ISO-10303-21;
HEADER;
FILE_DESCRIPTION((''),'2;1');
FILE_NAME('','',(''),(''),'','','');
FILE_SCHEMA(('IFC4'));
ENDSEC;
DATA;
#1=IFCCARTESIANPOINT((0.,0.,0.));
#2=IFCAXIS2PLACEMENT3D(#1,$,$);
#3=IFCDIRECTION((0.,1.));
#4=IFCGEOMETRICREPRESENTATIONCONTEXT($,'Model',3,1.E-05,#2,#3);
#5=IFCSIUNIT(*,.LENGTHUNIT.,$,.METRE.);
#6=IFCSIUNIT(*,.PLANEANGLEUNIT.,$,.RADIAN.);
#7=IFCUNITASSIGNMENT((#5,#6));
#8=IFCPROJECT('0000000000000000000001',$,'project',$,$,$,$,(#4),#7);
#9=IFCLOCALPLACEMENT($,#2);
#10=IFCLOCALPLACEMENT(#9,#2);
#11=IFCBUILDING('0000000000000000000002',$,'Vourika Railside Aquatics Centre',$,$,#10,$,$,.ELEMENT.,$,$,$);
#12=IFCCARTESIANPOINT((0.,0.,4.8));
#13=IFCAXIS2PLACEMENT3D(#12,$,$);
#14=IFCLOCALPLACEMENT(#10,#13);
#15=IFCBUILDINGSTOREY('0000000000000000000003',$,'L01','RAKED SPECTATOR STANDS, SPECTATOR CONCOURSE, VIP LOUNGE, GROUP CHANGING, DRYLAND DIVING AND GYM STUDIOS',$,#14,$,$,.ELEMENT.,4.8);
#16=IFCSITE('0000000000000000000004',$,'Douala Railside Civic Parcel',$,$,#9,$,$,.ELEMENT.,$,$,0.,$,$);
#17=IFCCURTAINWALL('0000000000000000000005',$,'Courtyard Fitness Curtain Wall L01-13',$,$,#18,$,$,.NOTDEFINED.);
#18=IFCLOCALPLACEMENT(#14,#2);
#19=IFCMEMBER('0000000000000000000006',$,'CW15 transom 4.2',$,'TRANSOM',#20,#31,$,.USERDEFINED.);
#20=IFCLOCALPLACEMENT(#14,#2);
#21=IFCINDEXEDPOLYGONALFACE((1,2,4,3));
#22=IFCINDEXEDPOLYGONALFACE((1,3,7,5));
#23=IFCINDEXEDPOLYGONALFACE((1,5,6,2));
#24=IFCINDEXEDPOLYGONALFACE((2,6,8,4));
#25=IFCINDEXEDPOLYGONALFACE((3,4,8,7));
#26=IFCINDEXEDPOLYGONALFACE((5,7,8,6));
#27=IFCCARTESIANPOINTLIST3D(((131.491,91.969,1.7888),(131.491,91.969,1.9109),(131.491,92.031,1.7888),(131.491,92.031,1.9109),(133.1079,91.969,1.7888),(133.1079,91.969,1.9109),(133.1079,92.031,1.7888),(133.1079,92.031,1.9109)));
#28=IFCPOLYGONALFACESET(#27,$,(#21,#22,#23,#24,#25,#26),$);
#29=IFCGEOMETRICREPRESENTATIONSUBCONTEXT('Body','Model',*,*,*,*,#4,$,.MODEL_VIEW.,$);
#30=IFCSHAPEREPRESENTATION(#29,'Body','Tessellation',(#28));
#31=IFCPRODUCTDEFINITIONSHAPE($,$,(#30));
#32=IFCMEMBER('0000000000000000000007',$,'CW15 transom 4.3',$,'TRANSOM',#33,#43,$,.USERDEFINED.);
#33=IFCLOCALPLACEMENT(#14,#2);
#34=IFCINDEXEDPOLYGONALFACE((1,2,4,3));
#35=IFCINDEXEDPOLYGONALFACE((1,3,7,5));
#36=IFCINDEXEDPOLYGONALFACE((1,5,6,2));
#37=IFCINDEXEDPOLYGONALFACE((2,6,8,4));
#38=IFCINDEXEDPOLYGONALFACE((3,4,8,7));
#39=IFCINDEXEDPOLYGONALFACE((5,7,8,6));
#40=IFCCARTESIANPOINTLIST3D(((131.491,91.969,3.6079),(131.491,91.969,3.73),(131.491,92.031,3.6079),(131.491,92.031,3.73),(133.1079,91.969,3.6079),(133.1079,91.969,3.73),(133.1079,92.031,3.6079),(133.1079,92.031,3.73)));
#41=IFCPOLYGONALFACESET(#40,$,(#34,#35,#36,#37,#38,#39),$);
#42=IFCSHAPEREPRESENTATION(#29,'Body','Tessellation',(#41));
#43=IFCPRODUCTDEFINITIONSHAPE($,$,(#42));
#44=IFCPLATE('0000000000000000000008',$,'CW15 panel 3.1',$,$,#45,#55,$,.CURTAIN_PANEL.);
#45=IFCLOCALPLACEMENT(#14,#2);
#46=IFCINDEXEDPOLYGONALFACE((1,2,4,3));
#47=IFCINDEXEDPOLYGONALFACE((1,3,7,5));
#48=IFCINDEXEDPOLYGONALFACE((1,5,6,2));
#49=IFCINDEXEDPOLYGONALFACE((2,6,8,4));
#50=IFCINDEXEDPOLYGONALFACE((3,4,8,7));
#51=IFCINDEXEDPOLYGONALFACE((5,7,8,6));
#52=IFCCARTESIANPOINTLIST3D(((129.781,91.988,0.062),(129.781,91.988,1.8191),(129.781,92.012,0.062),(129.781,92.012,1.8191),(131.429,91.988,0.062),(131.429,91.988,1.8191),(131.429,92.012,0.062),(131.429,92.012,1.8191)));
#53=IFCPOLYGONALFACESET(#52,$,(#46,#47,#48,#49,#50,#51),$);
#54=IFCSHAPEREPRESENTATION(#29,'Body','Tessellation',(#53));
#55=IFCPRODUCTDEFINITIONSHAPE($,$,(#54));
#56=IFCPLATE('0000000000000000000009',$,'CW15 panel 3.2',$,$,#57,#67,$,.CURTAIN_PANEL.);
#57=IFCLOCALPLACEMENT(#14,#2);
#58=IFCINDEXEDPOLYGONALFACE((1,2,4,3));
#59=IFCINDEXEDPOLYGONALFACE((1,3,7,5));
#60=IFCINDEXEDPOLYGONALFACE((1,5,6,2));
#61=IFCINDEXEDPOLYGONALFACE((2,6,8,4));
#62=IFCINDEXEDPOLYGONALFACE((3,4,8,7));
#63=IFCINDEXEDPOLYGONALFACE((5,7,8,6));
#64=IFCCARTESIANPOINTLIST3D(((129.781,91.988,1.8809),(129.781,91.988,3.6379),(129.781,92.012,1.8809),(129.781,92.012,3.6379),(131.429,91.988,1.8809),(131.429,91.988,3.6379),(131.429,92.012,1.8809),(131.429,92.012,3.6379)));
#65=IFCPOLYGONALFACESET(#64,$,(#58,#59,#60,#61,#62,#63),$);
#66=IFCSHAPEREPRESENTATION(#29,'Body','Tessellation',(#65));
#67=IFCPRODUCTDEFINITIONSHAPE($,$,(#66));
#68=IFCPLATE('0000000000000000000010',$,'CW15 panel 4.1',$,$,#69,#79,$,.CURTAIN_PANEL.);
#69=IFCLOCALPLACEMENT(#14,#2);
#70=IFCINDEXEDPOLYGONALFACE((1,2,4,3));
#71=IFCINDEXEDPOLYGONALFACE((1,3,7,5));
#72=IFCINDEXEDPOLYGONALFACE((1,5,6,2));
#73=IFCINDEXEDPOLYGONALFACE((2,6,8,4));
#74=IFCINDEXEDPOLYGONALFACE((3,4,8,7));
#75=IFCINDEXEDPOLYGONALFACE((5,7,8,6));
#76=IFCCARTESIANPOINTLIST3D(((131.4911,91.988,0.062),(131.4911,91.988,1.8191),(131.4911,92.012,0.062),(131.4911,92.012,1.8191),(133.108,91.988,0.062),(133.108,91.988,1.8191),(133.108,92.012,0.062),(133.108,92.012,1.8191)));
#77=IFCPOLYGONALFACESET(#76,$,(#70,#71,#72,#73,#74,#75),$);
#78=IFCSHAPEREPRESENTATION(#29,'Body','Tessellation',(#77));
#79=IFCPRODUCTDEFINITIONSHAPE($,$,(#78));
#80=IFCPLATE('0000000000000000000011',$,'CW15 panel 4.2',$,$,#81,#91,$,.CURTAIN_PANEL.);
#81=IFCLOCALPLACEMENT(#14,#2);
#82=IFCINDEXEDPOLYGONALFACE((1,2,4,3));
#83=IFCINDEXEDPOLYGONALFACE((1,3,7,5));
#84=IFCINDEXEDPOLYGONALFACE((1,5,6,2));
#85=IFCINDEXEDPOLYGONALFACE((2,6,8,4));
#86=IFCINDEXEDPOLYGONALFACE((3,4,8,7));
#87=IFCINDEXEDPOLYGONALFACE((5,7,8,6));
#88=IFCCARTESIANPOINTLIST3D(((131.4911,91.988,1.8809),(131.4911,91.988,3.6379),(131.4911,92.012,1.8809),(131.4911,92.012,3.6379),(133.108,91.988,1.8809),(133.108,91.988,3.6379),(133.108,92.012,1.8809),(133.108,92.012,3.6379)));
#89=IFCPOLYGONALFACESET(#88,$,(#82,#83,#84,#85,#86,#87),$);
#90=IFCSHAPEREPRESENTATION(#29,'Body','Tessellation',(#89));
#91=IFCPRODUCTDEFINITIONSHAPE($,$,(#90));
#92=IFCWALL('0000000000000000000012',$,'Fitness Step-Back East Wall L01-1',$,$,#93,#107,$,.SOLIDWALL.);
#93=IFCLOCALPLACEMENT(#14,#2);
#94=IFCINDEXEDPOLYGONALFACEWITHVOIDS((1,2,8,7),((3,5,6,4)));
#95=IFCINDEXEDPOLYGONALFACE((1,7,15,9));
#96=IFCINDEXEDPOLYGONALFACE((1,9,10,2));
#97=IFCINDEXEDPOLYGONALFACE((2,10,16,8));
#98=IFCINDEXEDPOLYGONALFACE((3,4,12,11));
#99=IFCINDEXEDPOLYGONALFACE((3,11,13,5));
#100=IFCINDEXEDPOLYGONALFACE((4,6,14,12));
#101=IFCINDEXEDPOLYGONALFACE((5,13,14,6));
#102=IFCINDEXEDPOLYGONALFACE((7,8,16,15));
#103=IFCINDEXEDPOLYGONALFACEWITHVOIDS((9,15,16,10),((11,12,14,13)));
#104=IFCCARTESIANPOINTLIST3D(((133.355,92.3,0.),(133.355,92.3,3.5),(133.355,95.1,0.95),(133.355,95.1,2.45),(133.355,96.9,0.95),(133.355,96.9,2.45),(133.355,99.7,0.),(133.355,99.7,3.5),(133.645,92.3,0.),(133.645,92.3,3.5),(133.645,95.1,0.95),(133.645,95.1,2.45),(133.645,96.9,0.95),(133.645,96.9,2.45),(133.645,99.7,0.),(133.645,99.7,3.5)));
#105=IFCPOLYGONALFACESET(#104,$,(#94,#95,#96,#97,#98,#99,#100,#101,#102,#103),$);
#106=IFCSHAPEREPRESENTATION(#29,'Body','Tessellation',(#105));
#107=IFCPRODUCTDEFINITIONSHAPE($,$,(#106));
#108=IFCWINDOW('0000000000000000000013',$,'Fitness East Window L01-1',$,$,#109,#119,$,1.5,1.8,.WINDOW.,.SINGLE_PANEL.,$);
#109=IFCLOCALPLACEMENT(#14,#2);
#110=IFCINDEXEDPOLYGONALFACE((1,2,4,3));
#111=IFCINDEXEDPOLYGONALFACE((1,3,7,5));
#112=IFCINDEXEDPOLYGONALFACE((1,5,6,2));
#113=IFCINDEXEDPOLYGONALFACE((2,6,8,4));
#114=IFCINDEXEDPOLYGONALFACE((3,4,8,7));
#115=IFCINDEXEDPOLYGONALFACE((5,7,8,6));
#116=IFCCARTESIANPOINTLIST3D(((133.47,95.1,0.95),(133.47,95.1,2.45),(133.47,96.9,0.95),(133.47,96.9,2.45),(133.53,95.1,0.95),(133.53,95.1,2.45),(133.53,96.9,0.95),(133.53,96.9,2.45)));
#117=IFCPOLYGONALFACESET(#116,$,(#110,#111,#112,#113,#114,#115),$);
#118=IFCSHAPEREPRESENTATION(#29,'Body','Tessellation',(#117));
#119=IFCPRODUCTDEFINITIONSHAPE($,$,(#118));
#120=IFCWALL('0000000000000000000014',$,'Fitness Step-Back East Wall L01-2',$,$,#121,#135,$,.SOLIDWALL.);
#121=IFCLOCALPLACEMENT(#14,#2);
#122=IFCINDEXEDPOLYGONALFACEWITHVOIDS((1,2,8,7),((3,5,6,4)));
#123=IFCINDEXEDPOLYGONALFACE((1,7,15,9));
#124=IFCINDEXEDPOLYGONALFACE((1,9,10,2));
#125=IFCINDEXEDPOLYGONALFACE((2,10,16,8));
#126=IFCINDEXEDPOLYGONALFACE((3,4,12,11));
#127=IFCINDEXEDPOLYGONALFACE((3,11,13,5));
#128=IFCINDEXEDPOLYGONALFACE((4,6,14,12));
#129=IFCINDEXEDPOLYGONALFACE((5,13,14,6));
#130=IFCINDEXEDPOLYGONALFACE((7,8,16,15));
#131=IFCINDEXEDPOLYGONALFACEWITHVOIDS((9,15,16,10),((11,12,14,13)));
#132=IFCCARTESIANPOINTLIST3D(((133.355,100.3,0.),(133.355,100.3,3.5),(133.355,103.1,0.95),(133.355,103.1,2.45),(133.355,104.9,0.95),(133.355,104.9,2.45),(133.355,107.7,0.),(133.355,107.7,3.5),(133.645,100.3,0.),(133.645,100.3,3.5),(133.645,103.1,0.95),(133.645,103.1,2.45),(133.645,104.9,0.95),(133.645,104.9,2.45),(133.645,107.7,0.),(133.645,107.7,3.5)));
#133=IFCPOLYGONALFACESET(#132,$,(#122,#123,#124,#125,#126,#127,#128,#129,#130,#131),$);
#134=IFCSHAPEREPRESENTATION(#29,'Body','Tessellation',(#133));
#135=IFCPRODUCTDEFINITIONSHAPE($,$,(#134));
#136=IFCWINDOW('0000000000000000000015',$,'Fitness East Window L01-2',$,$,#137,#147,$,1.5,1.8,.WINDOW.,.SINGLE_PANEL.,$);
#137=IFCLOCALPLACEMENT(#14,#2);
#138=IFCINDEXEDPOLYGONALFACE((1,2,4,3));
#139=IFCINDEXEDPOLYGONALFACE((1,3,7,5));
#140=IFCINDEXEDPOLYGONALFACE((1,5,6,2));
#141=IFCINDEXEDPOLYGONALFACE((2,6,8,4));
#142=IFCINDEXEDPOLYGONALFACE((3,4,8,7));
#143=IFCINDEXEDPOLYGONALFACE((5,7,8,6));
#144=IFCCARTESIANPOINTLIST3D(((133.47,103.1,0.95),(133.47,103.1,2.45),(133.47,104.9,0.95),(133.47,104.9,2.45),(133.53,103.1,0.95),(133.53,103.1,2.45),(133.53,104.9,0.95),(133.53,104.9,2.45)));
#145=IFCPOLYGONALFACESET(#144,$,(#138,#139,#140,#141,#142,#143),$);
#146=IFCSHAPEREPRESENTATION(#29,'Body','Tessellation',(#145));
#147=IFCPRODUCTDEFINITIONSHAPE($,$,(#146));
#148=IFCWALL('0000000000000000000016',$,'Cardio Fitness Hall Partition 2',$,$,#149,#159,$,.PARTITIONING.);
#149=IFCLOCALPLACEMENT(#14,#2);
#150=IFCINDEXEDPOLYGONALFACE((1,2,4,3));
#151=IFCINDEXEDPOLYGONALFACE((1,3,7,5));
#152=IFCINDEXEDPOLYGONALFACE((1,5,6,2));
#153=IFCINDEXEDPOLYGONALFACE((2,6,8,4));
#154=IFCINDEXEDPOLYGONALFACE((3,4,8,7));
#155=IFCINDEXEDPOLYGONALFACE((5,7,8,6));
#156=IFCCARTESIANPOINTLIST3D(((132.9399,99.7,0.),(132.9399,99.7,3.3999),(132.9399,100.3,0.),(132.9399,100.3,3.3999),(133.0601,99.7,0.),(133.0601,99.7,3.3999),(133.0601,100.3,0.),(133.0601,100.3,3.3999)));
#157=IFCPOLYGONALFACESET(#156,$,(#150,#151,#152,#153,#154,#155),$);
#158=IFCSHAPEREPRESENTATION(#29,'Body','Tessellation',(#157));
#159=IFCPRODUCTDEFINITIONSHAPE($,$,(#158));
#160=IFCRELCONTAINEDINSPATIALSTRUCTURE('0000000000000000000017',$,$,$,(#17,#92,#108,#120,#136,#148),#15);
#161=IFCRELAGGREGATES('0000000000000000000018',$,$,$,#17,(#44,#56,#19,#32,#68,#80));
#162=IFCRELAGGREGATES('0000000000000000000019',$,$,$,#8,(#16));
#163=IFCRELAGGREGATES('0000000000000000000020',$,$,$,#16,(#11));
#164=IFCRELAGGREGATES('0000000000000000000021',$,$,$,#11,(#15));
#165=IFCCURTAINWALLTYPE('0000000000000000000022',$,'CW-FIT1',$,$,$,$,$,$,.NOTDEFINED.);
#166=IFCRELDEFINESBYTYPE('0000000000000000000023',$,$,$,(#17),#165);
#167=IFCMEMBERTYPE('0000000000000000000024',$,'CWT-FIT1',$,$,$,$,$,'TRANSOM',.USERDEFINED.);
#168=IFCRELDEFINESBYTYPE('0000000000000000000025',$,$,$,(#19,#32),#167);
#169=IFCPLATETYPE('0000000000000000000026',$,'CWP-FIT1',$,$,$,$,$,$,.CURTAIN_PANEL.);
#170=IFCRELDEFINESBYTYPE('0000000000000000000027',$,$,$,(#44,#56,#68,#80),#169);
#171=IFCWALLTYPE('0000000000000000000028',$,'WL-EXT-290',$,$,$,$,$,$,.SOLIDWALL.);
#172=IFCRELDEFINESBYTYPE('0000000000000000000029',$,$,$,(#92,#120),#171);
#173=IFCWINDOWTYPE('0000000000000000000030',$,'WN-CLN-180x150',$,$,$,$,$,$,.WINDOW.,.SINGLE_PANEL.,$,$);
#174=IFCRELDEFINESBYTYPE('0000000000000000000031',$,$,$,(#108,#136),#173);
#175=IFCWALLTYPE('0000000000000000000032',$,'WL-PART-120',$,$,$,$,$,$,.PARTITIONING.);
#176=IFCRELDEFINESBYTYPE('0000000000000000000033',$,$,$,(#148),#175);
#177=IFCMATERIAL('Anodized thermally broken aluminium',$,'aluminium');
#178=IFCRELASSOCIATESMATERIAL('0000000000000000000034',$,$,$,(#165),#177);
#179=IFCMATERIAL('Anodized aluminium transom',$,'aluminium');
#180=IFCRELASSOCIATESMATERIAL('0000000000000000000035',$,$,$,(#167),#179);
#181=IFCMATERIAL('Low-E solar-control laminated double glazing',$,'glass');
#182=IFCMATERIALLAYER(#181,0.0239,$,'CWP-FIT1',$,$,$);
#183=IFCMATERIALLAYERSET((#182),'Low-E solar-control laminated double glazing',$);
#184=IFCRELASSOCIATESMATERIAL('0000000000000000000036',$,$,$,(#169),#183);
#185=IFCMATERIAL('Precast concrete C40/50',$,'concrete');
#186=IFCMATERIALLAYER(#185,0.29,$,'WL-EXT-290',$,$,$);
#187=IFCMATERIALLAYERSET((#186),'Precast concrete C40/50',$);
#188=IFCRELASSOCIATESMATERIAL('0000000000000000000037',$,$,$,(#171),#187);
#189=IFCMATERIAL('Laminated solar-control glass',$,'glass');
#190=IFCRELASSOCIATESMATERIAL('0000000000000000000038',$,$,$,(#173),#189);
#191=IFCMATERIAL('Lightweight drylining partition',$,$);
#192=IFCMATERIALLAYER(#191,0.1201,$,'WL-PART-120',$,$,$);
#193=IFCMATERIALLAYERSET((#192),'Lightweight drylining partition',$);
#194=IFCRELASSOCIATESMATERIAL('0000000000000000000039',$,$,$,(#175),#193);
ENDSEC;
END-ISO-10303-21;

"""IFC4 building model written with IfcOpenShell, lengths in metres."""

from ifc_helpers import new_model, si_unit, direction, frame, frame_2d, origin, origin_2d, place, context, subcontext, project, spatial, rectangle, extrude, material, layer, layer_set, material_profile, profile_set, type_object, element, fill, aggregate, save


model = new_model("IFC4")

# Units and contexts
model_context = context("Model", 3, precision=1e-05, world=origin(), true_north=direction((0.0, 1.0)))
body_context = subcontext(model_context, "Body", "Model", "MODEL_VIEW")
ifc_project = project(units=[si_unit("LENGTHUNIT", "METRE"), si_unit("PLANEANGLEUNIT", "RADIAN")], contexts=[model_context])

# Site, building, storey
site_placement = place(None, origin())
site = spatial("IfcSite", under=ifc_project, at=site_placement, Name="Douala Railside Civic Parcel", CompositionType="ELEMENT", RefElevation=0.0)
building_placement = place(site_placement, origin())
building = spatial("IfcBuilding", under=site, at=building_placement, Name="Vourika Railside Aquatics Centre", CompositionType="ELEMENT")
storey_placement = place(building_placement, frame((0.0, 0.0, 4.8)))
storey = spatial("IfcBuildingStorey", under=building, at=storey_placement, Name="L01", Description="RAKED SPECTATOR STANDS, SPECTATOR CONCOURSE, VIP LOUNGE, GROUP CHANGING, DRYLAND DIVING AND GYM STUDIOS", CompositionType="ELEMENT", Elevation=4.8)

# Curtain wall, members, plates
ifc_material_1 = material(Name="Anodized thermally broken aluminium", Category="aluminium")
curtain_wall_type = type_object("IfcCurtainWallType", Name="CW-FIT1", PredefinedType="NOTDEFINED", material=ifc_material_1)
curtain_wall_placement = place(storey_placement, origin())
curtain_wall = element("IfcCurtainWall", 1, at=curtain_wall_placement, inside=storey, type_object=curtain_wall_type, Name="Courtyard Fitness Curtain Wall L01-13", PredefinedType="NOTDEFINED")
ifc_material_2 = material(Name="Anodized aluminium transom", Category="aluminium")
ifc_material_profile_1 = material_profile(ifc_material_2, rectangle(XDim=0.062, YDim=0.1221, at=origin_2d()), Name="ALU-T 62x122")
ifc_profile_set_1 = profile_set([ifc_material_profile_1], Name="Anodized aluminium transom")
member_type_1 = type_object("IfcMemberType", Name="CWT-FIT1", ElementType="TRANSOM", PredefinedType="USERDEFINED", material=ifc_profile_set_1)
member_1_placement = place(storey_placement, frame((131.491, 92.0, 1.8499), z_axis=(1.0, 0.0, 0.0), x_axis=(0.0, 1.0, 0.0)))
member_1 = element("IfcMember", 2, at=member_1_placement, type_object=member_type_1, Name="CW15 transom 4.2", ObjectType="TRANSOM", PredefinedType="USERDEFINED", context=body_context, shape_type="SweptSolid", body=[
    extrude(rectangle(XDim=0.062, YDim=0.1221, at=origin_2d()), origin(), (0.0, 0.0, 1.0), 1.6169),
])
member_2_placement = place(storey_placement, frame((131.491, 92.0, 3.6689), z_axis=(1.0, 0.0, 0.0), x_axis=(0.0, 1.0, 0.0)))
member_2 = element("IfcMember", 3, at=member_2_placement, type_object=member_type_1, Name="CW15 transom 4.3", ObjectType="TRANSOM", PredefinedType="USERDEFINED", context=body_context, shape_type="SweptSolid", body=[
    extrude(rectangle(XDim=0.062, YDim=0.1221, at=origin_2d()), origin(), (0.0, 0.0, 1.0), 1.6169),
])
ifc_material_3 = material(Name="Low-E solar-control laminated double glazing", Category="glass")
ifc_layer_1 = layer(ifc_material_3, 0.0239, Name="CWP-FIT1")
ifc_layer_set_1 = layer_set([ifc_layer_1], Name="Low-E solar-control laminated double glazing")
plate_type = type_object("IfcPlateType", Name="CWP-FIT1", PredefinedType="CURTAIN_PANEL", material=ifc_layer_set_1)
plate_1_placement = place(storey_placement, frame((130.605, 92.0, 0.062), z_axis=(0.0, 0.0, 1.0), x_axis=(1.0, 0.0, 0.0)))
plate_1 = element("IfcPlate", 4, at=plate_1_placement, type_object=plate_type, Name="CW15 panel 3.1", PredefinedType="CURTAIN_PANEL", context=body_context, shape_type="SweptSolid", body=[
    extrude(rectangle(XDim=1.6479, YDim=0.0239, at=origin_2d()), origin(), (0.0, 0.0, 1.0), 1.7571),
])
plate_2_placement = place(storey_placement, frame((130.605, 92.0, 1.8809), z_axis=(0.0, 0.0, 1.0), x_axis=(1.0, 0.0, 0.0)))
plate_2 = element("IfcPlate", 5, at=plate_2_placement, type_object=plate_type, Name="CW15 panel 3.2", PredefinedType="CURTAIN_PANEL", context=body_context, shape_type="SweptSolid", body=[
    extrude(rectangle(XDim=1.6479, YDim=0.0239, at=origin_2d()), origin(), (0.0, 0.0, 1.0), 1.7571),
])
plate_3_placement = place(storey_placement, frame((132.2996, 92.0, 0.062), z_axis=(0.0, 0.0, 1.0), x_axis=(1.0, 0.0, 0.0)))
plate_3 = element("IfcPlate", 6, at=plate_3_placement, type_object=plate_type, Name="CW15 panel 4.1", PredefinedType="CURTAIN_PANEL", context=body_context, shape_type="SweptSolid", body=[
    extrude(rectangle(XDim=1.6169, YDim=0.0239, at=origin_2d()), origin(), (0.0, 0.0, 1.0), 1.7571),
])
plate_4_placement = place(storey_placement, frame((132.2996, 92.0, 1.8809), z_axis=(0.0, 0.0, 1.0), x_axis=(1.0, 0.0, 0.0)))
plate_4 = element("IfcPlate", 7, at=plate_4_placement, type_object=plate_type, Name="CW15 panel 4.2", PredefinedType="CURTAIN_PANEL", context=body_context, shape_type="SweptSolid", body=[
    extrude(rectangle(XDim=1.6169, YDim=0.0239, at=origin_2d()), origin(), (0.0, 0.0, 1.0), 1.7571),
])
aggregate(curtain_wall, [plate_1, plate_2, member_1, member_2, plate_3, plate_4])

# Walls, openings, windows
ifc_material_4 = material(Name="Precast concrete C40/50", Category="concrete")
ifc_layer_2 = layer(ifc_material_4, 0.29, Name="WL-EXT-290")
ifc_layer_set_2 = layer_set([ifc_layer_2], Name="Precast concrete C40/50")
wall_type_1 = type_object("IfcWallType", Name="WL-EXT-290", PredefinedType="SOLIDWALL", material=ifc_layer_set_2)
wall_1_placement = place(storey_placement, frame((133.5, 92.3, 0.0), z_axis=(0.0, 0.0, 1.0), x_axis=(0.0, 1.0, 0.0)))
wall_1 = element("IfcWall", 8, at=wall_1_placement, inside=storey, type_object=wall_type_1, Name="Fitness Step-Back East Wall L01-1", PredefinedType="SOLIDWALL", context=body_context, shape_type="SweptSolid", body=[
    extrude(rectangle(XDim=7.3999, YDim=0.29, at=frame_2d((3.7, 0.0))), origin(), (0.0, 0.0, 1.0), 3.5),
])
opening_1_placement = place(wall_1_placement, frame((2.8, 0.0, 0.95)))
opening_1 = element("IfcOpeningElement", 9, at=opening_1_placement, cuts=wall_1, PredefinedType="OPENING", context=body_context, shape_type="SweptSolid", body=[
    extrude(rectangle(XDim=1.8, YDim=1.5, at=frame_2d((0.8999, 0.75))), frame((0.0, 0.155, 0.0), z_axis=(0.0, -1.0, 0.0), x_axis=(1.0, 0.0, 0.0)), (0.0, 0.0, 1.0), 0.3101),
])
ifc_material_5 = material(Name="Laminated solar-control glass", Category="glass")
window_type = type_object("IfcWindowType", Name="WN-CLN-180x150", PartitioningType="SINGLE_PANEL", PredefinedType="WINDOW", material=ifc_material_5)
window_1_placement = place(opening_1_placement, origin())
window_1 = element("IfcWindow", 10, at=window_1_placement, inside=storey, type_object=window_type, Name="Fitness East Window L01-1", OverallHeight=1.5, OverallWidth=1.8, PartitioningType="SINGLE_PANEL", PredefinedType="WINDOW", context=body_context, shape_type="SweptSolid", body=[
    extrude(rectangle(XDim=1.8, YDim=1.5, at=frame_2d((0.8999, 0.75))), frame((0.0, 0.03, 0.0), z_axis=(0.0, -1.0, 0.0), x_axis=(1.0, 0.0, 0.0)), (0.0, 0.0, 1.0), 0.0601),
])
fill(opening_1, window_1)
wall_2_placement = place(storey_placement, frame((133.5, 100.3, 0.0), z_axis=(0.0, 0.0, 1.0), x_axis=(0.0, 1.0, 0.0)))
wall_2 = element("IfcWall", 11, at=wall_2_placement, inside=storey, type_object=wall_type_1, Name="Fitness Step-Back East Wall L01-2", PredefinedType="SOLIDWALL", context=body_context, shape_type="SweptSolid", body=[
    extrude(rectangle(XDim=7.3999, YDim=0.29, at=frame_2d((3.7, 0.0))), origin(), (0.0, 0.0, 1.0), 3.5),
])
opening_2_placement = place(wall_2_placement, frame((2.8, 0.0, 0.95)))
opening_2 = element("IfcOpeningElement", 12, at=opening_2_placement, cuts=wall_2, PredefinedType="OPENING", context=body_context, shape_type="SweptSolid", body=[
    extrude(rectangle(XDim=1.8, YDim=1.5, at=frame_2d((0.8999, 0.75))), frame((0.0, 0.155, 0.0), z_axis=(0.0, -1.0, 0.0), x_axis=(1.0, 0.0, 0.0)), (0.0, 0.0, 1.0), 0.3101),
])
window_2_placement = place(opening_2_placement, origin())
window_2 = element("IfcWindow", 13, at=window_2_placement, inside=storey, type_object=window_type, Name="Fitness East Window L01-2", OverallHeight=1.5, OverallWidth=1.8, PartitioningType="SINGLE_PANEL", PredefinedType="WINDOW", context=body_context, shape_type="SweptSolid", body=[
    extrude(rectangle(XDim=1.8, YDim=1.5, at=frame_2d((0.8999, 0.75))), frame((0.0, 0.03, 0.0), z_axis=(0.0, -1.0, 0.0), x_axis=(1.0, 0.0, 0.0)), (0.0, 0.0, 1.0), 0.0601),
])
fill(opening_2, window_2)

# Wall
ifc_material_6 = material(Name="Lightweight drylining partition")
ifc_layer_3 = layer(ifc_material_6, 0.1201, Name="WL-PART-120")
ifc_layer_set_3 = layer_set([ifc_layer_3], Name="Lightweight drylining partition")
wall_type_2 = type_object("IfcWallType", Name="WL-PART-120", PredefinedType="PARTITIONING", material=ifc_layer_set_3)
wall_3_placement = place(storey_placement, frame((133.0, 100.3, 0.0), z_axis=(0.0, 0.0, 1.0), x_axis=(0.0, -1.0, 0.0)))
element("IfcWall", 14, at=wall_3_placement, inside=storey, type_object=wall_type_2, Name="Cardio Fitness Hall Partition 2", PredefinedType="PARTITIONING", context=body_context, shape_type="SweptSolid", body=[
    extrude(rectangle(XDim=0.6001, YDim=0.1201, at=frame_2d((0.3, 0.0))), origin(), (0.0, 0.0, 1.0), 3.3999),
])

save(model, "model.ifc")
